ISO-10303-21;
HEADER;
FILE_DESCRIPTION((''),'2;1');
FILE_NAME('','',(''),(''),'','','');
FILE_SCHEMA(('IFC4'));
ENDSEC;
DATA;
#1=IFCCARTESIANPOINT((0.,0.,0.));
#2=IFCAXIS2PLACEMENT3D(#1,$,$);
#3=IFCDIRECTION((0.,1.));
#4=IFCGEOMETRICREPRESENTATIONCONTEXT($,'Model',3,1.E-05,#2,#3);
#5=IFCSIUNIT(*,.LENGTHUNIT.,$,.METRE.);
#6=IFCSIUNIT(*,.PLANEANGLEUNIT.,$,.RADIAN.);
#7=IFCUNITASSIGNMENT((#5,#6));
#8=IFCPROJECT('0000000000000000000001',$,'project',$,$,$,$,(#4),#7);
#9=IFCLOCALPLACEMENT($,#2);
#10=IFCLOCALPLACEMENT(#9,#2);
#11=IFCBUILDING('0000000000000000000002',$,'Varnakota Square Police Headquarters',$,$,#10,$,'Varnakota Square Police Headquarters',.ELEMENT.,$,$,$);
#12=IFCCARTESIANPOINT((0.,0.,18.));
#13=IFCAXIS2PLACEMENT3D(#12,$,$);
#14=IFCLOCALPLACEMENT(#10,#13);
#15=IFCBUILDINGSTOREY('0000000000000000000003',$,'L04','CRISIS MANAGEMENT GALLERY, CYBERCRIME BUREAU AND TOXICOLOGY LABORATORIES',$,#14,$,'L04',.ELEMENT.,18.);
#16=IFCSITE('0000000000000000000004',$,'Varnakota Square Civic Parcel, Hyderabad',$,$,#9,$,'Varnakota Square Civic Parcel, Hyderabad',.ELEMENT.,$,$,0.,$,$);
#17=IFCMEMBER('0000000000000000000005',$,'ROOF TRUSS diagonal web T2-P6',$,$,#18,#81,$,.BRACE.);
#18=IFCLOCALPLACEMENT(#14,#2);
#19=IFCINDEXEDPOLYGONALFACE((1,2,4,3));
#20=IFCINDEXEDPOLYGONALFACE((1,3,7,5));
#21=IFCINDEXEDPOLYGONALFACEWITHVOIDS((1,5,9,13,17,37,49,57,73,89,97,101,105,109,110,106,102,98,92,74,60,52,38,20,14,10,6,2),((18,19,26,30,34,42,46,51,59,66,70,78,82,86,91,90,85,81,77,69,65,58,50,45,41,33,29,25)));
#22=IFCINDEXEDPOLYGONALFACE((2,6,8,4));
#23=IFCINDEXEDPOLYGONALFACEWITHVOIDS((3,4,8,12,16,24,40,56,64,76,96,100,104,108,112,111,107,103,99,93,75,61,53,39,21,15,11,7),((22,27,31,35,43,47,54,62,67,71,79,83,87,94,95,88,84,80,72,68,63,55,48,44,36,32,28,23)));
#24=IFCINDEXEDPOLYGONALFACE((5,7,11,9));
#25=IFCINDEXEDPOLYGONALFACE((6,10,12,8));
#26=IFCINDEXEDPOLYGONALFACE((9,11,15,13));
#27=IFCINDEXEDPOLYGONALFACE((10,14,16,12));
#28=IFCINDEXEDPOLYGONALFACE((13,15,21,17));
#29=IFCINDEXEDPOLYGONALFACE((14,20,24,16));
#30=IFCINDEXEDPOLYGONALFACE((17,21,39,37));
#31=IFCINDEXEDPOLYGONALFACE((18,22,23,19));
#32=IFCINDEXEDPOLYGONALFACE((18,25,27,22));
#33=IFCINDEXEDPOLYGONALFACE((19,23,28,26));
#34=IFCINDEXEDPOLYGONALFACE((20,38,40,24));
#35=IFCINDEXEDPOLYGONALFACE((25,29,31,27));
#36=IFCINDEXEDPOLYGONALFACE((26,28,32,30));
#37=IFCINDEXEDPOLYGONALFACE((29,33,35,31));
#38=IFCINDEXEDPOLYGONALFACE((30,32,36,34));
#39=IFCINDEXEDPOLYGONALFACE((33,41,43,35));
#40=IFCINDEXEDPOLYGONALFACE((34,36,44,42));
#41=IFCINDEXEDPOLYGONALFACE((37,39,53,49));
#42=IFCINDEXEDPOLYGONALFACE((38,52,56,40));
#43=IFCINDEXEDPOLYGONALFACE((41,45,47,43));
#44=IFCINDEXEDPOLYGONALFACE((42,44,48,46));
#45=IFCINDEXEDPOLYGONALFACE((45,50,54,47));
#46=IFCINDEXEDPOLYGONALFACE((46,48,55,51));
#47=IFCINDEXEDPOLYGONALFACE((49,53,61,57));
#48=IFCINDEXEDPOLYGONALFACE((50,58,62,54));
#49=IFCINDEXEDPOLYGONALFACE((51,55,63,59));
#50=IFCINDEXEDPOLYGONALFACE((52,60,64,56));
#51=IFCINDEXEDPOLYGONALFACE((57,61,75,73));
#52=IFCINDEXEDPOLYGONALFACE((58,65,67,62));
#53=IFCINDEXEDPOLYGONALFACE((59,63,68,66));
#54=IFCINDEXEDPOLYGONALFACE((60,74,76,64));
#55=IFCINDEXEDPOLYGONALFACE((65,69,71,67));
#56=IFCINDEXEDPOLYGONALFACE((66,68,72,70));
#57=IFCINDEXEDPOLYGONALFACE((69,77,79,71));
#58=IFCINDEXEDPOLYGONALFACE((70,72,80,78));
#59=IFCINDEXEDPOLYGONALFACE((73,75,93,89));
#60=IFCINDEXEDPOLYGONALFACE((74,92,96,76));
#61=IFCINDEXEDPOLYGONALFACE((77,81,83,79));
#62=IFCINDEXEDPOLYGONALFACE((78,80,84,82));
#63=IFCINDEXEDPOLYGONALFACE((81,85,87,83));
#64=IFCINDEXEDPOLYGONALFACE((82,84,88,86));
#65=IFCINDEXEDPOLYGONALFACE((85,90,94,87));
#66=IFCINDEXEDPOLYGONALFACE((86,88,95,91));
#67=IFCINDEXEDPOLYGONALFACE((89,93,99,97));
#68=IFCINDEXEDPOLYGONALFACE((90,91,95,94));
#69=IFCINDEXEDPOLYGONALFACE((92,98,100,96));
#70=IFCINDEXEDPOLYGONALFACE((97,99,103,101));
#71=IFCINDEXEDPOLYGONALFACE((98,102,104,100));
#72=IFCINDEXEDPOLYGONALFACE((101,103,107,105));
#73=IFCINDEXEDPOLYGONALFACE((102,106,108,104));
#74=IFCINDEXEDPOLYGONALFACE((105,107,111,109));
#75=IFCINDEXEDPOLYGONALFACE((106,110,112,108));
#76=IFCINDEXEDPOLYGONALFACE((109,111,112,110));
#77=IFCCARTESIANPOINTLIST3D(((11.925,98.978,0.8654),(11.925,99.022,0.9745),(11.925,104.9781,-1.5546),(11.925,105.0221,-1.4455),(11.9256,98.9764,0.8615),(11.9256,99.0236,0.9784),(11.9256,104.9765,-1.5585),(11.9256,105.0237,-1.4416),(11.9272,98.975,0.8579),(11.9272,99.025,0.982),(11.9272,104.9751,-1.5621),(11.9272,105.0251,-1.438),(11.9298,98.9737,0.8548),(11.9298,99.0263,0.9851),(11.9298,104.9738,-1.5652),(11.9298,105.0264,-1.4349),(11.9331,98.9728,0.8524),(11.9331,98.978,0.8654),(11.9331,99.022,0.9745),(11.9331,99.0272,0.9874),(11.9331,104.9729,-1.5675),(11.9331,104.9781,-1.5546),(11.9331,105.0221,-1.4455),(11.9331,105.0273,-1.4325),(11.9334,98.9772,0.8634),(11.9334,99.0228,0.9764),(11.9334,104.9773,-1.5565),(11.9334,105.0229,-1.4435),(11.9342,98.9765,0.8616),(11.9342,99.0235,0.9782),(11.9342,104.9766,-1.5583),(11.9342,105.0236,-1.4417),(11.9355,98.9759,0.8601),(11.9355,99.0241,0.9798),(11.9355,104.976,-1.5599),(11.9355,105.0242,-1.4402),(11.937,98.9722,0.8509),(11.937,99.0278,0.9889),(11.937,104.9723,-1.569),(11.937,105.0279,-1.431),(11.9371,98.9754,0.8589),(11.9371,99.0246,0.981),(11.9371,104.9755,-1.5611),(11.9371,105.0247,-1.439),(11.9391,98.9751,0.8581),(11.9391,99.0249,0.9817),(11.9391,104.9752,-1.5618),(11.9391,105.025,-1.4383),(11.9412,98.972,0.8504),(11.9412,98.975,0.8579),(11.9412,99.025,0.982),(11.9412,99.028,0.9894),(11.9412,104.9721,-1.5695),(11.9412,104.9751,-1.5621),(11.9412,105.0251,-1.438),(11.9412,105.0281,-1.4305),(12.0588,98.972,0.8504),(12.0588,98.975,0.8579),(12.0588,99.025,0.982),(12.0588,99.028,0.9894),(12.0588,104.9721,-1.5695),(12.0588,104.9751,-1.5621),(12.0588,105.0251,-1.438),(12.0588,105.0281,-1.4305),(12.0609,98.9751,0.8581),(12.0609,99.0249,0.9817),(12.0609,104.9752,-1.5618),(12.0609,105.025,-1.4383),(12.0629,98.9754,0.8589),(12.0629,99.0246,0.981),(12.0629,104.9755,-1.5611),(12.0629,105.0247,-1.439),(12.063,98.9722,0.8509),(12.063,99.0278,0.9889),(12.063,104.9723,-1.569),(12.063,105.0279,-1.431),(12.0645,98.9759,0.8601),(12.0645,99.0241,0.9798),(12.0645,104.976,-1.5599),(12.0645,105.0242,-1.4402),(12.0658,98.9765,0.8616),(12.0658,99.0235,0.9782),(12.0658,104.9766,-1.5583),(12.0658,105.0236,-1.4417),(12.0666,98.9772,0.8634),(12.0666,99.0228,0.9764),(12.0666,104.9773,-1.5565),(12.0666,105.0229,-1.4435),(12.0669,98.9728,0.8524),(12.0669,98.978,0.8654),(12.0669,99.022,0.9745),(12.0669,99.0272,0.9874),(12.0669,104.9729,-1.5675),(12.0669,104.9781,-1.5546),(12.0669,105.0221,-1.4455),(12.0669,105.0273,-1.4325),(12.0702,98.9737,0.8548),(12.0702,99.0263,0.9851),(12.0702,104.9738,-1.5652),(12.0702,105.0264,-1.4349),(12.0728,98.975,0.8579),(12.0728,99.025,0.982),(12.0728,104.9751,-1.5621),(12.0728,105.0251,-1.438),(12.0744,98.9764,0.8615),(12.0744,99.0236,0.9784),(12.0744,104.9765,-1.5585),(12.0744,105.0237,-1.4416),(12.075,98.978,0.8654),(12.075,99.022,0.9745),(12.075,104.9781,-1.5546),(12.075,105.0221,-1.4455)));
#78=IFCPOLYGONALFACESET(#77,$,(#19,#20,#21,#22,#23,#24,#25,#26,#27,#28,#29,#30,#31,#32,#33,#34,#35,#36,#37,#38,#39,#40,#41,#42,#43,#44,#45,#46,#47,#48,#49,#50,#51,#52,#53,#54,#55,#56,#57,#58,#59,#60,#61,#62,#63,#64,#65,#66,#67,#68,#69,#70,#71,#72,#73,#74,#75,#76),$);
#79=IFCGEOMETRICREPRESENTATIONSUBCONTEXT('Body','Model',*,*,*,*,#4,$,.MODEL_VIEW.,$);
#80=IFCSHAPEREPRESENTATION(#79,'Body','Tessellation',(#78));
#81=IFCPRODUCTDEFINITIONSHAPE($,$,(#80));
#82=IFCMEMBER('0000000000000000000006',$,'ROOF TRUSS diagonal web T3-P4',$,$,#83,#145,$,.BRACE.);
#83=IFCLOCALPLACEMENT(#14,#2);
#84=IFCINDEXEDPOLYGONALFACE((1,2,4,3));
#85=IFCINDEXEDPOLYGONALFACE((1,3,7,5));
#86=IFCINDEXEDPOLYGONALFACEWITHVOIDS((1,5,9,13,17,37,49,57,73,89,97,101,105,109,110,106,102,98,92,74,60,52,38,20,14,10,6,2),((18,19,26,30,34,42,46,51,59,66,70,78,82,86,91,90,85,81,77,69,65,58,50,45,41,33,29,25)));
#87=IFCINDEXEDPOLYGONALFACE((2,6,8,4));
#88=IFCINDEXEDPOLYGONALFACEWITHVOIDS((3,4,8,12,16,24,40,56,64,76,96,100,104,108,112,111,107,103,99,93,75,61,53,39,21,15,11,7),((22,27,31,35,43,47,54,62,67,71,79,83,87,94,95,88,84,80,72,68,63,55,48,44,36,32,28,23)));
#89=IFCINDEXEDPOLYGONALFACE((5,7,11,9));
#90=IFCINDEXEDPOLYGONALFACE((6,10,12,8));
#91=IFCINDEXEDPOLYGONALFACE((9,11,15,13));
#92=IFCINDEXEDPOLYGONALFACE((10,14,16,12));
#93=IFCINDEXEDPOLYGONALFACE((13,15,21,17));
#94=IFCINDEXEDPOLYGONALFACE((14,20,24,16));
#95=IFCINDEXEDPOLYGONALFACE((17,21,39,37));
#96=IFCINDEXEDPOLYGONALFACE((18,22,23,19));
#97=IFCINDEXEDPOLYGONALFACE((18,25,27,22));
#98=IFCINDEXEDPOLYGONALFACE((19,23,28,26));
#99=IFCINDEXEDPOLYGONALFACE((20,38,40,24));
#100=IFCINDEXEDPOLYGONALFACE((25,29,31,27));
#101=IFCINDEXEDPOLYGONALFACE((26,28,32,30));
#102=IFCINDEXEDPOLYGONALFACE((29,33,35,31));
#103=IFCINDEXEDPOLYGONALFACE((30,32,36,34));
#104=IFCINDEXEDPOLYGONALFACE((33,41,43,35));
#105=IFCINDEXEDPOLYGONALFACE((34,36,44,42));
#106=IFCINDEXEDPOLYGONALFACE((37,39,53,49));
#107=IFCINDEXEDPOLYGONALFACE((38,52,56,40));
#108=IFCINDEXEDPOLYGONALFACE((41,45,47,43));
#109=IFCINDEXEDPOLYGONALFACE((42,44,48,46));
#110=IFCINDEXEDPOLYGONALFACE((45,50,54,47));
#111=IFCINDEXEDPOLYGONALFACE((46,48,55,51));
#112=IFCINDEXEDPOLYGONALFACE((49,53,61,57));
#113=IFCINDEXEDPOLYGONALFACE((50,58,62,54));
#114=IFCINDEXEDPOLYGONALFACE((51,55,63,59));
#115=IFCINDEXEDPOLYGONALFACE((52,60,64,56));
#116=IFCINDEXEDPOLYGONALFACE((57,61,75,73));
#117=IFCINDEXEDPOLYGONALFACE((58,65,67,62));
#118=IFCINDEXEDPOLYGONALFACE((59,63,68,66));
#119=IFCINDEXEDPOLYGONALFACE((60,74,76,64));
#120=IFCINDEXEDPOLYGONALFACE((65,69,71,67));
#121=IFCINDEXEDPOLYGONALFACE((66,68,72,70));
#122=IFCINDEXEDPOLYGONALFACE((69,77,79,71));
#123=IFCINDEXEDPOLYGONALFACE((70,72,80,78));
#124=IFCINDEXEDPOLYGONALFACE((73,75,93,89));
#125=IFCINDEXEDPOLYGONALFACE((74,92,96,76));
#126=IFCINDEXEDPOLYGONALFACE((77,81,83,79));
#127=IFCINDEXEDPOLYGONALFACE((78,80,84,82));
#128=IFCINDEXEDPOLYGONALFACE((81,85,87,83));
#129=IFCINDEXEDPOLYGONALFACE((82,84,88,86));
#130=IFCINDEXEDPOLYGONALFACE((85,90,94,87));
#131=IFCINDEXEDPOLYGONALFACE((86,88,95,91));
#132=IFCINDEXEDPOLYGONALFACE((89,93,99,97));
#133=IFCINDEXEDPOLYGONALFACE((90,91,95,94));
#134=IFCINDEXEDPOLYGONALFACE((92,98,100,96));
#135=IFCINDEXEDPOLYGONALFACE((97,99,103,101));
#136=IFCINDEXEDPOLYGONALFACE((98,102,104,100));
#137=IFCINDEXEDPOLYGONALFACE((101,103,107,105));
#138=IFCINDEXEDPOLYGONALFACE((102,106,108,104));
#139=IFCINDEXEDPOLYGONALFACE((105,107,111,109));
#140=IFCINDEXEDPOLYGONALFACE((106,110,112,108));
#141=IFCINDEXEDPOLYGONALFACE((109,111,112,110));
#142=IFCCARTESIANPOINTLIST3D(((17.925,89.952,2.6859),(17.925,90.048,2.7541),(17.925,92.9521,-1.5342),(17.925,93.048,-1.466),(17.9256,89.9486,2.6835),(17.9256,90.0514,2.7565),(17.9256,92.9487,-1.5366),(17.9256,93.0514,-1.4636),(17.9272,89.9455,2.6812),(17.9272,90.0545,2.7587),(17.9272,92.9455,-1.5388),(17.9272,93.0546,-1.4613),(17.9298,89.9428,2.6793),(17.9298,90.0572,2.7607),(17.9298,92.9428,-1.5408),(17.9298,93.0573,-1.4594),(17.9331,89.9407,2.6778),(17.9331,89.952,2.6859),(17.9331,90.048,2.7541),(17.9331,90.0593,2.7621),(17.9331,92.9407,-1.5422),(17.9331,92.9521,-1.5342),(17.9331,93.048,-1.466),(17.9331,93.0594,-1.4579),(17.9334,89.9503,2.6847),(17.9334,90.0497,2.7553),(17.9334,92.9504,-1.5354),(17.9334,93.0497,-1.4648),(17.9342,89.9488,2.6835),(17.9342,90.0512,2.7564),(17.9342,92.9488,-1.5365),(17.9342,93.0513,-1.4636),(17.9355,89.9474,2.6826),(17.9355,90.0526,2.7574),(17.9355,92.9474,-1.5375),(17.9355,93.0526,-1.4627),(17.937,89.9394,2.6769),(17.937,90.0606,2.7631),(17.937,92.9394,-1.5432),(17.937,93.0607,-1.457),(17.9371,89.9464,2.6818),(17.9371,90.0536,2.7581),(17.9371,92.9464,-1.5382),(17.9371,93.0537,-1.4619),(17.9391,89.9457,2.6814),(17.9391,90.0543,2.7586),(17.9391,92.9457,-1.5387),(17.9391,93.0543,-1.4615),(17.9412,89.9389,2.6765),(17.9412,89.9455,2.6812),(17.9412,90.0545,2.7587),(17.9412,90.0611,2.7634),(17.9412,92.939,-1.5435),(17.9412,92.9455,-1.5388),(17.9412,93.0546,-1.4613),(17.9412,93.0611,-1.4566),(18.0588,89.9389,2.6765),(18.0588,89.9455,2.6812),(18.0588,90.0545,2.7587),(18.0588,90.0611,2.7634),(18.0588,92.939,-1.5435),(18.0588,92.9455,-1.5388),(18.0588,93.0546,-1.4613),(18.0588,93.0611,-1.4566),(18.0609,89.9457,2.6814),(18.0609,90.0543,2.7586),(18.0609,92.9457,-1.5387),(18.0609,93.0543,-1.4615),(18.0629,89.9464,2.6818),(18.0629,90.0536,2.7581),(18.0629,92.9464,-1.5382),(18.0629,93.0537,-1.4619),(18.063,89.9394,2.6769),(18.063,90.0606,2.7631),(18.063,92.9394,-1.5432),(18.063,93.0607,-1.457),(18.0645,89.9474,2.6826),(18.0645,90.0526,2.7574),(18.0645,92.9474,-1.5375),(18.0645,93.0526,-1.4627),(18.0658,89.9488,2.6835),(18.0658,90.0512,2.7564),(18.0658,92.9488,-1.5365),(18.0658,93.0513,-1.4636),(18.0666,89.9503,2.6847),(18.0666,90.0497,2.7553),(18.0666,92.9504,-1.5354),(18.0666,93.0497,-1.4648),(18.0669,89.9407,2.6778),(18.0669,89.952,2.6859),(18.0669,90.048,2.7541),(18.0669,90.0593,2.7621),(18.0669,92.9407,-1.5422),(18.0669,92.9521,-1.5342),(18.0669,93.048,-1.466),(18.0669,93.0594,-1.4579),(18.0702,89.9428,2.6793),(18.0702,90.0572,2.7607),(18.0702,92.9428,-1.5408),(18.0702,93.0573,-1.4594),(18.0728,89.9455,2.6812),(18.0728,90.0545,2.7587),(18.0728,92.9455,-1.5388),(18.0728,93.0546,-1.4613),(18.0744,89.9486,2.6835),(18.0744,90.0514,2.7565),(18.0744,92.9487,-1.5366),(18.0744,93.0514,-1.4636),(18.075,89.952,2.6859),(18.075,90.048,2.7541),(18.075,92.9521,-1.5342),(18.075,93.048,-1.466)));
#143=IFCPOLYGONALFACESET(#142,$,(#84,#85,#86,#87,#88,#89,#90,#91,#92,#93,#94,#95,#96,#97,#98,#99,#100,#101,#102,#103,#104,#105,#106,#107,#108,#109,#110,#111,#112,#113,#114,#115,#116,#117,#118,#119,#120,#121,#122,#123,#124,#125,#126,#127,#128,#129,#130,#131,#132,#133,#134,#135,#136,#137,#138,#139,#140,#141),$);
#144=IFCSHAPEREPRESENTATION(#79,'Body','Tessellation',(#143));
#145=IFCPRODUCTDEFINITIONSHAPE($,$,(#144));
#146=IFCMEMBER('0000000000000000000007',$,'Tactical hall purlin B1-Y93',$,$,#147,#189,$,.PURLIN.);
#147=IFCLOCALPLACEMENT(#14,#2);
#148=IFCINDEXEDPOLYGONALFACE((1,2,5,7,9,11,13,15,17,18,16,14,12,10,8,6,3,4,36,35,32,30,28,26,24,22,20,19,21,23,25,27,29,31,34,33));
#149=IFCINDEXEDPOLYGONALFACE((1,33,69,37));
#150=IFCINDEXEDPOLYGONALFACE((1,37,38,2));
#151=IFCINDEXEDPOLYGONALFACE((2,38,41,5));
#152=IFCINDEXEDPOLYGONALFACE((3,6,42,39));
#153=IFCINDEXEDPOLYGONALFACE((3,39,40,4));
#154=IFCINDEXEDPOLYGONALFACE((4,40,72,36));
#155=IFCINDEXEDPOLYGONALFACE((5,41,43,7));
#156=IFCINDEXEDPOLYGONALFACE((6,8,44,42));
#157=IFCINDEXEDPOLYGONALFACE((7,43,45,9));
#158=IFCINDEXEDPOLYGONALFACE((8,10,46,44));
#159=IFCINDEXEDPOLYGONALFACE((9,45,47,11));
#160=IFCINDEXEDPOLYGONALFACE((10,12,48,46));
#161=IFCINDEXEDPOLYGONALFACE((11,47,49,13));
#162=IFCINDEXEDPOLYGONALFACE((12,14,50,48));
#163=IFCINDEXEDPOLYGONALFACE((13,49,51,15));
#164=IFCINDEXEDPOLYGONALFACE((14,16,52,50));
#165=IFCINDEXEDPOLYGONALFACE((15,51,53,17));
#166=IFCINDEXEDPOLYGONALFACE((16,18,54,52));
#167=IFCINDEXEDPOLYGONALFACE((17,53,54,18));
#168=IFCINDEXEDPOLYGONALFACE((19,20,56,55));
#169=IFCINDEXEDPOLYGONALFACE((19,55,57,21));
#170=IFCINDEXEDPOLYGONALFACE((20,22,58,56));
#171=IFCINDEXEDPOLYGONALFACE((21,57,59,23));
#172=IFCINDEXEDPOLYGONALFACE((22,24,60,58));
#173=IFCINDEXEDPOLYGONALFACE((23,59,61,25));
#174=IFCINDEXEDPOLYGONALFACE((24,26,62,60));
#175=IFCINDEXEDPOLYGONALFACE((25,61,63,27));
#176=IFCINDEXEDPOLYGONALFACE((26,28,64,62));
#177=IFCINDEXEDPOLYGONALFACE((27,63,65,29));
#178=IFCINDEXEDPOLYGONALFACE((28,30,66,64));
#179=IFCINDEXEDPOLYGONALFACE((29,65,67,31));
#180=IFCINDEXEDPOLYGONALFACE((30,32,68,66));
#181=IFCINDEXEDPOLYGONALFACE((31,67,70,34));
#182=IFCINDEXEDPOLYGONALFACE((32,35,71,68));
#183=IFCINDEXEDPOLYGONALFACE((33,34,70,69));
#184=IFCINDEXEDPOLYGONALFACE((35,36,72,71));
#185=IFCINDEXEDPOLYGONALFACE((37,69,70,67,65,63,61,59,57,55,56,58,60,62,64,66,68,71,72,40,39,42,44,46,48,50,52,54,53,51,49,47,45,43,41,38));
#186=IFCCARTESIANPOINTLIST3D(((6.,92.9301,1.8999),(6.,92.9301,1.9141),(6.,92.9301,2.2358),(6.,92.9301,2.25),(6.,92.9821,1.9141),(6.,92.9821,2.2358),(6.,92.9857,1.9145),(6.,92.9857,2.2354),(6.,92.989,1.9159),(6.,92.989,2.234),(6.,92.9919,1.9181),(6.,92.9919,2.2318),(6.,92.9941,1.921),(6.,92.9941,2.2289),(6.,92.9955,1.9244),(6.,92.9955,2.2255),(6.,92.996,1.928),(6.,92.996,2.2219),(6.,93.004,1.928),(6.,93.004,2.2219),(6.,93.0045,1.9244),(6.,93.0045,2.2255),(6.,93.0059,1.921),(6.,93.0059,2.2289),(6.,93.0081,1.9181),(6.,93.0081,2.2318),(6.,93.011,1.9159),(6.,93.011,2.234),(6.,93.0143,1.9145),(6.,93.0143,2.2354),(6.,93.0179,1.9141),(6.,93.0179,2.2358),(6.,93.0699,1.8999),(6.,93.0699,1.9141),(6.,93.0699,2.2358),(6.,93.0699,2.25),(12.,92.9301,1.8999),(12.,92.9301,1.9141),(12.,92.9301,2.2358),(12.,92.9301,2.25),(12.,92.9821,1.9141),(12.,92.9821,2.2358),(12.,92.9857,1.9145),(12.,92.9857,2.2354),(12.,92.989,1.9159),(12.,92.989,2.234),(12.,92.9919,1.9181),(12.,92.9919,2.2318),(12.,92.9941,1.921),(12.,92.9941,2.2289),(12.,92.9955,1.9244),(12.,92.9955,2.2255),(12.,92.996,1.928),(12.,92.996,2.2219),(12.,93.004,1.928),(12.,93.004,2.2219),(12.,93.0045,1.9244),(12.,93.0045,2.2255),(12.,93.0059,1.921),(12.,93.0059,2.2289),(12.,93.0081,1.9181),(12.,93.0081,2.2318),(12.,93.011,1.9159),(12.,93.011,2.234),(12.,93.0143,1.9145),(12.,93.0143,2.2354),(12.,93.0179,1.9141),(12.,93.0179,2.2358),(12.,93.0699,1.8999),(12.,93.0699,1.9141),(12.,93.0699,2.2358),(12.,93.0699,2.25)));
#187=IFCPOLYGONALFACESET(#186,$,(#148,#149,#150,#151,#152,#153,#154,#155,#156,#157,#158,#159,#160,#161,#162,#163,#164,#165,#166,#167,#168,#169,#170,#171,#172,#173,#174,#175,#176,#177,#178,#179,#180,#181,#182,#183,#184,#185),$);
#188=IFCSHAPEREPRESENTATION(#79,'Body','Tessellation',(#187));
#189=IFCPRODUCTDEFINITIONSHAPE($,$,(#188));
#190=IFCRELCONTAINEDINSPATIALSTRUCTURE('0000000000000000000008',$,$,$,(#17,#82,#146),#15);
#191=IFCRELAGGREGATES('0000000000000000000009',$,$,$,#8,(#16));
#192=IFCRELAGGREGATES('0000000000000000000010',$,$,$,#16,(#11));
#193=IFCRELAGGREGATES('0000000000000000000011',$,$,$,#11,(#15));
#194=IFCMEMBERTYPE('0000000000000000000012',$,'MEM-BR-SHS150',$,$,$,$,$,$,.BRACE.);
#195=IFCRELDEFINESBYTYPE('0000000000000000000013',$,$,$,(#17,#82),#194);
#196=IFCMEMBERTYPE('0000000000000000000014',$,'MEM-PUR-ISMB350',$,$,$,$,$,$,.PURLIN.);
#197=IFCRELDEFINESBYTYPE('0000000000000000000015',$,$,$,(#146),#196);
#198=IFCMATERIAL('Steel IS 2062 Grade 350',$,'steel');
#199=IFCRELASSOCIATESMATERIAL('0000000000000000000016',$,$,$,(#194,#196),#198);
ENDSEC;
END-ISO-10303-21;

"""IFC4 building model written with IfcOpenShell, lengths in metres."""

from ifc_helpers import new_model, si_unit, direction, frame, origin, origin_2d, place, context, subcontext, project, spatial, hollow_rectangle, i_section, extrude, material, material_profile, profile_set, type_object, element, save


model = new_model("IFC4")

# Units and contexts
model_context = context("Model", 3, precision=1e-05, world=origin(), true_north=direction((0.0, 1.0)))
body_context = subcontext(model_context, "Body", "Model", "MODEL_VIEW")
ifc_project = project(units=[si_unit("LENGTHUNIT", "METRE"), si_unit("PLANEANGLEUNIT", "RADIAN")], contexts=[model_context])

# Site, building, storey
site_placement = place(None, origin())
site = spatial("IfcSite", under=ifc_project, at=site_placement, Name="Varnakota Square Civic Parcel, Hyderabad", LongName="Varnakota Square Civic Parcel, Hyderabad", CompositionType="ELEMENT", RefElevation=0.0)
building_placement = place(site_placement, origin())
building = spatial("IfcBuilding", under=site, at=building_placement, Name="Varnakota Square Police Headquarters", LongName="Varnakota Square Police Headquarters", CompositionType="ELEMENT")
storey_placement = place(building_placement, frame((0.0, 0.0, 18.0)))
storey = spatial("IfcBuildingStorey", under=building, at=storey_placement, Name="L04", Description="CRISIS MANAGEMENT GALLERY, CYBERCRIME BUREAU AND TOXICOLOGY LABORATORIES", LongName="L04", CompositionType="ELEMENT", Elevation=18.0)

# Shared definitions
ifc_material_1 = material(Name="Steel IS 2062 Grade 350", Category="steel")

# Members
ifc_material_profile_1 = material_profile(ifc_material_1, hollow_rectangle(XDim=0.1499, YDim=0.1499, WallThickness=0.0081, InnerFilletRadius=0.0081, OuterFilletRadius=0.0161, at=origin_2d()), Name="SHS 150x150x8")
ifc_profile_set_1 = profile_set([ifc_material_profile_1], Name="Steel IS 2062 Grade 350")
member_type_1 = type_object("IfcMemberType", Name="MEM-BR-SHS150", PredefinedType="BRACE", material=ifc_profile_set_1)
member_1_placement = place(storey_placement, frame((12.0, 99.0, 0.9199), z_axis=(0.0, 0.927411, -0.374044), x_axis=(-1.0, 0.0, 0.0)))
element("IfcMember", 1, at=member_1_placement, inside=storey, type_object=member_type_1, Name="ROOF TRUSS diagonal web T2-P6", PredefinedType="BRACE", context=body_context, shape_type="SweptSolid", body=[
    extrude(hollow_rectangle(XDim=0.1499, YDim=0.1499, WallThickness=0.0081, InnerFilletRadius=0.0081, OuterFilletRadius=0.0161, at=origin_2d()), origin(), (0.0, 0.0, 1.0), 6.4697),
])
member_2_placement = place(storey_placement, frame((18.0, 90.0, 2.72), z_axis=(0.0, 0.579412, -0.815034), x_axis=(-1.0, 0.0, 0.0)))
element("IfcMember", 2, at=member_2_placement, inside=storey, type_object=member_type_1, Name="ROOF TRUSS diagonal web T3-P4", PredefinedType="BRACE", context=body_context, shape_type="SweptSolid", body=[
    extrude(hollow_rectangle(XDim=0.1499, YDim=0.1499, WallThickness=0.0081, InnerFilletRadius=0.0081, OuterFilletRadius=0.0161, at=origin_2d()), origin(), (0.0, 0.0, 1.0), 5.1777),
])
ifc_material_profile_2 = material_profile(ifc_material_1, i_section(OverallWidth=0.1399, OverallDepth=0.3501, WebThickness=0.0081, FlangeThickness=0.0142, FilletRadius=0.0139, at=origin_2d()), Name="ISMB 350")
ifc_profile_set_2 = profile_set([ifc_material_profile_2], Name="Steel IS 2062 Grade 350")
member_type_2 = type_object("IfcMemberType", Name="MEM-PUR-ISMB350", PredefinedType="PURLIN", material=ifc_profile_set_2)
for number, where, z_axis, x_axis, name in (
    (3, (6.0, 93.0, 2.075), (1.0, 0.0, 0.0), (0.0, 1.0, 0.0), "Tactical hall purlin B1-Y93"),
):
    element("IfcMember", number, at=place(storey_placement, frame(where, z_axis=z_axis, x_axis=x_axis)), inside=storey, type_object=member_type_2, Name=name, PredefinedType="PURLIN", context=body_context, shape_type="SweptSolid", body=[
        extrude(i_section(OverallWidth=0.1399, OverallDepth=0.3501, WebThickness=0.0081, FlangeThickness=0.0142, FilletRadius=0.0139, at=origin_2d()), origin(), (0.0, 0.0, 1.0), 6.0),
    ])

save(model, "model.ifc")
